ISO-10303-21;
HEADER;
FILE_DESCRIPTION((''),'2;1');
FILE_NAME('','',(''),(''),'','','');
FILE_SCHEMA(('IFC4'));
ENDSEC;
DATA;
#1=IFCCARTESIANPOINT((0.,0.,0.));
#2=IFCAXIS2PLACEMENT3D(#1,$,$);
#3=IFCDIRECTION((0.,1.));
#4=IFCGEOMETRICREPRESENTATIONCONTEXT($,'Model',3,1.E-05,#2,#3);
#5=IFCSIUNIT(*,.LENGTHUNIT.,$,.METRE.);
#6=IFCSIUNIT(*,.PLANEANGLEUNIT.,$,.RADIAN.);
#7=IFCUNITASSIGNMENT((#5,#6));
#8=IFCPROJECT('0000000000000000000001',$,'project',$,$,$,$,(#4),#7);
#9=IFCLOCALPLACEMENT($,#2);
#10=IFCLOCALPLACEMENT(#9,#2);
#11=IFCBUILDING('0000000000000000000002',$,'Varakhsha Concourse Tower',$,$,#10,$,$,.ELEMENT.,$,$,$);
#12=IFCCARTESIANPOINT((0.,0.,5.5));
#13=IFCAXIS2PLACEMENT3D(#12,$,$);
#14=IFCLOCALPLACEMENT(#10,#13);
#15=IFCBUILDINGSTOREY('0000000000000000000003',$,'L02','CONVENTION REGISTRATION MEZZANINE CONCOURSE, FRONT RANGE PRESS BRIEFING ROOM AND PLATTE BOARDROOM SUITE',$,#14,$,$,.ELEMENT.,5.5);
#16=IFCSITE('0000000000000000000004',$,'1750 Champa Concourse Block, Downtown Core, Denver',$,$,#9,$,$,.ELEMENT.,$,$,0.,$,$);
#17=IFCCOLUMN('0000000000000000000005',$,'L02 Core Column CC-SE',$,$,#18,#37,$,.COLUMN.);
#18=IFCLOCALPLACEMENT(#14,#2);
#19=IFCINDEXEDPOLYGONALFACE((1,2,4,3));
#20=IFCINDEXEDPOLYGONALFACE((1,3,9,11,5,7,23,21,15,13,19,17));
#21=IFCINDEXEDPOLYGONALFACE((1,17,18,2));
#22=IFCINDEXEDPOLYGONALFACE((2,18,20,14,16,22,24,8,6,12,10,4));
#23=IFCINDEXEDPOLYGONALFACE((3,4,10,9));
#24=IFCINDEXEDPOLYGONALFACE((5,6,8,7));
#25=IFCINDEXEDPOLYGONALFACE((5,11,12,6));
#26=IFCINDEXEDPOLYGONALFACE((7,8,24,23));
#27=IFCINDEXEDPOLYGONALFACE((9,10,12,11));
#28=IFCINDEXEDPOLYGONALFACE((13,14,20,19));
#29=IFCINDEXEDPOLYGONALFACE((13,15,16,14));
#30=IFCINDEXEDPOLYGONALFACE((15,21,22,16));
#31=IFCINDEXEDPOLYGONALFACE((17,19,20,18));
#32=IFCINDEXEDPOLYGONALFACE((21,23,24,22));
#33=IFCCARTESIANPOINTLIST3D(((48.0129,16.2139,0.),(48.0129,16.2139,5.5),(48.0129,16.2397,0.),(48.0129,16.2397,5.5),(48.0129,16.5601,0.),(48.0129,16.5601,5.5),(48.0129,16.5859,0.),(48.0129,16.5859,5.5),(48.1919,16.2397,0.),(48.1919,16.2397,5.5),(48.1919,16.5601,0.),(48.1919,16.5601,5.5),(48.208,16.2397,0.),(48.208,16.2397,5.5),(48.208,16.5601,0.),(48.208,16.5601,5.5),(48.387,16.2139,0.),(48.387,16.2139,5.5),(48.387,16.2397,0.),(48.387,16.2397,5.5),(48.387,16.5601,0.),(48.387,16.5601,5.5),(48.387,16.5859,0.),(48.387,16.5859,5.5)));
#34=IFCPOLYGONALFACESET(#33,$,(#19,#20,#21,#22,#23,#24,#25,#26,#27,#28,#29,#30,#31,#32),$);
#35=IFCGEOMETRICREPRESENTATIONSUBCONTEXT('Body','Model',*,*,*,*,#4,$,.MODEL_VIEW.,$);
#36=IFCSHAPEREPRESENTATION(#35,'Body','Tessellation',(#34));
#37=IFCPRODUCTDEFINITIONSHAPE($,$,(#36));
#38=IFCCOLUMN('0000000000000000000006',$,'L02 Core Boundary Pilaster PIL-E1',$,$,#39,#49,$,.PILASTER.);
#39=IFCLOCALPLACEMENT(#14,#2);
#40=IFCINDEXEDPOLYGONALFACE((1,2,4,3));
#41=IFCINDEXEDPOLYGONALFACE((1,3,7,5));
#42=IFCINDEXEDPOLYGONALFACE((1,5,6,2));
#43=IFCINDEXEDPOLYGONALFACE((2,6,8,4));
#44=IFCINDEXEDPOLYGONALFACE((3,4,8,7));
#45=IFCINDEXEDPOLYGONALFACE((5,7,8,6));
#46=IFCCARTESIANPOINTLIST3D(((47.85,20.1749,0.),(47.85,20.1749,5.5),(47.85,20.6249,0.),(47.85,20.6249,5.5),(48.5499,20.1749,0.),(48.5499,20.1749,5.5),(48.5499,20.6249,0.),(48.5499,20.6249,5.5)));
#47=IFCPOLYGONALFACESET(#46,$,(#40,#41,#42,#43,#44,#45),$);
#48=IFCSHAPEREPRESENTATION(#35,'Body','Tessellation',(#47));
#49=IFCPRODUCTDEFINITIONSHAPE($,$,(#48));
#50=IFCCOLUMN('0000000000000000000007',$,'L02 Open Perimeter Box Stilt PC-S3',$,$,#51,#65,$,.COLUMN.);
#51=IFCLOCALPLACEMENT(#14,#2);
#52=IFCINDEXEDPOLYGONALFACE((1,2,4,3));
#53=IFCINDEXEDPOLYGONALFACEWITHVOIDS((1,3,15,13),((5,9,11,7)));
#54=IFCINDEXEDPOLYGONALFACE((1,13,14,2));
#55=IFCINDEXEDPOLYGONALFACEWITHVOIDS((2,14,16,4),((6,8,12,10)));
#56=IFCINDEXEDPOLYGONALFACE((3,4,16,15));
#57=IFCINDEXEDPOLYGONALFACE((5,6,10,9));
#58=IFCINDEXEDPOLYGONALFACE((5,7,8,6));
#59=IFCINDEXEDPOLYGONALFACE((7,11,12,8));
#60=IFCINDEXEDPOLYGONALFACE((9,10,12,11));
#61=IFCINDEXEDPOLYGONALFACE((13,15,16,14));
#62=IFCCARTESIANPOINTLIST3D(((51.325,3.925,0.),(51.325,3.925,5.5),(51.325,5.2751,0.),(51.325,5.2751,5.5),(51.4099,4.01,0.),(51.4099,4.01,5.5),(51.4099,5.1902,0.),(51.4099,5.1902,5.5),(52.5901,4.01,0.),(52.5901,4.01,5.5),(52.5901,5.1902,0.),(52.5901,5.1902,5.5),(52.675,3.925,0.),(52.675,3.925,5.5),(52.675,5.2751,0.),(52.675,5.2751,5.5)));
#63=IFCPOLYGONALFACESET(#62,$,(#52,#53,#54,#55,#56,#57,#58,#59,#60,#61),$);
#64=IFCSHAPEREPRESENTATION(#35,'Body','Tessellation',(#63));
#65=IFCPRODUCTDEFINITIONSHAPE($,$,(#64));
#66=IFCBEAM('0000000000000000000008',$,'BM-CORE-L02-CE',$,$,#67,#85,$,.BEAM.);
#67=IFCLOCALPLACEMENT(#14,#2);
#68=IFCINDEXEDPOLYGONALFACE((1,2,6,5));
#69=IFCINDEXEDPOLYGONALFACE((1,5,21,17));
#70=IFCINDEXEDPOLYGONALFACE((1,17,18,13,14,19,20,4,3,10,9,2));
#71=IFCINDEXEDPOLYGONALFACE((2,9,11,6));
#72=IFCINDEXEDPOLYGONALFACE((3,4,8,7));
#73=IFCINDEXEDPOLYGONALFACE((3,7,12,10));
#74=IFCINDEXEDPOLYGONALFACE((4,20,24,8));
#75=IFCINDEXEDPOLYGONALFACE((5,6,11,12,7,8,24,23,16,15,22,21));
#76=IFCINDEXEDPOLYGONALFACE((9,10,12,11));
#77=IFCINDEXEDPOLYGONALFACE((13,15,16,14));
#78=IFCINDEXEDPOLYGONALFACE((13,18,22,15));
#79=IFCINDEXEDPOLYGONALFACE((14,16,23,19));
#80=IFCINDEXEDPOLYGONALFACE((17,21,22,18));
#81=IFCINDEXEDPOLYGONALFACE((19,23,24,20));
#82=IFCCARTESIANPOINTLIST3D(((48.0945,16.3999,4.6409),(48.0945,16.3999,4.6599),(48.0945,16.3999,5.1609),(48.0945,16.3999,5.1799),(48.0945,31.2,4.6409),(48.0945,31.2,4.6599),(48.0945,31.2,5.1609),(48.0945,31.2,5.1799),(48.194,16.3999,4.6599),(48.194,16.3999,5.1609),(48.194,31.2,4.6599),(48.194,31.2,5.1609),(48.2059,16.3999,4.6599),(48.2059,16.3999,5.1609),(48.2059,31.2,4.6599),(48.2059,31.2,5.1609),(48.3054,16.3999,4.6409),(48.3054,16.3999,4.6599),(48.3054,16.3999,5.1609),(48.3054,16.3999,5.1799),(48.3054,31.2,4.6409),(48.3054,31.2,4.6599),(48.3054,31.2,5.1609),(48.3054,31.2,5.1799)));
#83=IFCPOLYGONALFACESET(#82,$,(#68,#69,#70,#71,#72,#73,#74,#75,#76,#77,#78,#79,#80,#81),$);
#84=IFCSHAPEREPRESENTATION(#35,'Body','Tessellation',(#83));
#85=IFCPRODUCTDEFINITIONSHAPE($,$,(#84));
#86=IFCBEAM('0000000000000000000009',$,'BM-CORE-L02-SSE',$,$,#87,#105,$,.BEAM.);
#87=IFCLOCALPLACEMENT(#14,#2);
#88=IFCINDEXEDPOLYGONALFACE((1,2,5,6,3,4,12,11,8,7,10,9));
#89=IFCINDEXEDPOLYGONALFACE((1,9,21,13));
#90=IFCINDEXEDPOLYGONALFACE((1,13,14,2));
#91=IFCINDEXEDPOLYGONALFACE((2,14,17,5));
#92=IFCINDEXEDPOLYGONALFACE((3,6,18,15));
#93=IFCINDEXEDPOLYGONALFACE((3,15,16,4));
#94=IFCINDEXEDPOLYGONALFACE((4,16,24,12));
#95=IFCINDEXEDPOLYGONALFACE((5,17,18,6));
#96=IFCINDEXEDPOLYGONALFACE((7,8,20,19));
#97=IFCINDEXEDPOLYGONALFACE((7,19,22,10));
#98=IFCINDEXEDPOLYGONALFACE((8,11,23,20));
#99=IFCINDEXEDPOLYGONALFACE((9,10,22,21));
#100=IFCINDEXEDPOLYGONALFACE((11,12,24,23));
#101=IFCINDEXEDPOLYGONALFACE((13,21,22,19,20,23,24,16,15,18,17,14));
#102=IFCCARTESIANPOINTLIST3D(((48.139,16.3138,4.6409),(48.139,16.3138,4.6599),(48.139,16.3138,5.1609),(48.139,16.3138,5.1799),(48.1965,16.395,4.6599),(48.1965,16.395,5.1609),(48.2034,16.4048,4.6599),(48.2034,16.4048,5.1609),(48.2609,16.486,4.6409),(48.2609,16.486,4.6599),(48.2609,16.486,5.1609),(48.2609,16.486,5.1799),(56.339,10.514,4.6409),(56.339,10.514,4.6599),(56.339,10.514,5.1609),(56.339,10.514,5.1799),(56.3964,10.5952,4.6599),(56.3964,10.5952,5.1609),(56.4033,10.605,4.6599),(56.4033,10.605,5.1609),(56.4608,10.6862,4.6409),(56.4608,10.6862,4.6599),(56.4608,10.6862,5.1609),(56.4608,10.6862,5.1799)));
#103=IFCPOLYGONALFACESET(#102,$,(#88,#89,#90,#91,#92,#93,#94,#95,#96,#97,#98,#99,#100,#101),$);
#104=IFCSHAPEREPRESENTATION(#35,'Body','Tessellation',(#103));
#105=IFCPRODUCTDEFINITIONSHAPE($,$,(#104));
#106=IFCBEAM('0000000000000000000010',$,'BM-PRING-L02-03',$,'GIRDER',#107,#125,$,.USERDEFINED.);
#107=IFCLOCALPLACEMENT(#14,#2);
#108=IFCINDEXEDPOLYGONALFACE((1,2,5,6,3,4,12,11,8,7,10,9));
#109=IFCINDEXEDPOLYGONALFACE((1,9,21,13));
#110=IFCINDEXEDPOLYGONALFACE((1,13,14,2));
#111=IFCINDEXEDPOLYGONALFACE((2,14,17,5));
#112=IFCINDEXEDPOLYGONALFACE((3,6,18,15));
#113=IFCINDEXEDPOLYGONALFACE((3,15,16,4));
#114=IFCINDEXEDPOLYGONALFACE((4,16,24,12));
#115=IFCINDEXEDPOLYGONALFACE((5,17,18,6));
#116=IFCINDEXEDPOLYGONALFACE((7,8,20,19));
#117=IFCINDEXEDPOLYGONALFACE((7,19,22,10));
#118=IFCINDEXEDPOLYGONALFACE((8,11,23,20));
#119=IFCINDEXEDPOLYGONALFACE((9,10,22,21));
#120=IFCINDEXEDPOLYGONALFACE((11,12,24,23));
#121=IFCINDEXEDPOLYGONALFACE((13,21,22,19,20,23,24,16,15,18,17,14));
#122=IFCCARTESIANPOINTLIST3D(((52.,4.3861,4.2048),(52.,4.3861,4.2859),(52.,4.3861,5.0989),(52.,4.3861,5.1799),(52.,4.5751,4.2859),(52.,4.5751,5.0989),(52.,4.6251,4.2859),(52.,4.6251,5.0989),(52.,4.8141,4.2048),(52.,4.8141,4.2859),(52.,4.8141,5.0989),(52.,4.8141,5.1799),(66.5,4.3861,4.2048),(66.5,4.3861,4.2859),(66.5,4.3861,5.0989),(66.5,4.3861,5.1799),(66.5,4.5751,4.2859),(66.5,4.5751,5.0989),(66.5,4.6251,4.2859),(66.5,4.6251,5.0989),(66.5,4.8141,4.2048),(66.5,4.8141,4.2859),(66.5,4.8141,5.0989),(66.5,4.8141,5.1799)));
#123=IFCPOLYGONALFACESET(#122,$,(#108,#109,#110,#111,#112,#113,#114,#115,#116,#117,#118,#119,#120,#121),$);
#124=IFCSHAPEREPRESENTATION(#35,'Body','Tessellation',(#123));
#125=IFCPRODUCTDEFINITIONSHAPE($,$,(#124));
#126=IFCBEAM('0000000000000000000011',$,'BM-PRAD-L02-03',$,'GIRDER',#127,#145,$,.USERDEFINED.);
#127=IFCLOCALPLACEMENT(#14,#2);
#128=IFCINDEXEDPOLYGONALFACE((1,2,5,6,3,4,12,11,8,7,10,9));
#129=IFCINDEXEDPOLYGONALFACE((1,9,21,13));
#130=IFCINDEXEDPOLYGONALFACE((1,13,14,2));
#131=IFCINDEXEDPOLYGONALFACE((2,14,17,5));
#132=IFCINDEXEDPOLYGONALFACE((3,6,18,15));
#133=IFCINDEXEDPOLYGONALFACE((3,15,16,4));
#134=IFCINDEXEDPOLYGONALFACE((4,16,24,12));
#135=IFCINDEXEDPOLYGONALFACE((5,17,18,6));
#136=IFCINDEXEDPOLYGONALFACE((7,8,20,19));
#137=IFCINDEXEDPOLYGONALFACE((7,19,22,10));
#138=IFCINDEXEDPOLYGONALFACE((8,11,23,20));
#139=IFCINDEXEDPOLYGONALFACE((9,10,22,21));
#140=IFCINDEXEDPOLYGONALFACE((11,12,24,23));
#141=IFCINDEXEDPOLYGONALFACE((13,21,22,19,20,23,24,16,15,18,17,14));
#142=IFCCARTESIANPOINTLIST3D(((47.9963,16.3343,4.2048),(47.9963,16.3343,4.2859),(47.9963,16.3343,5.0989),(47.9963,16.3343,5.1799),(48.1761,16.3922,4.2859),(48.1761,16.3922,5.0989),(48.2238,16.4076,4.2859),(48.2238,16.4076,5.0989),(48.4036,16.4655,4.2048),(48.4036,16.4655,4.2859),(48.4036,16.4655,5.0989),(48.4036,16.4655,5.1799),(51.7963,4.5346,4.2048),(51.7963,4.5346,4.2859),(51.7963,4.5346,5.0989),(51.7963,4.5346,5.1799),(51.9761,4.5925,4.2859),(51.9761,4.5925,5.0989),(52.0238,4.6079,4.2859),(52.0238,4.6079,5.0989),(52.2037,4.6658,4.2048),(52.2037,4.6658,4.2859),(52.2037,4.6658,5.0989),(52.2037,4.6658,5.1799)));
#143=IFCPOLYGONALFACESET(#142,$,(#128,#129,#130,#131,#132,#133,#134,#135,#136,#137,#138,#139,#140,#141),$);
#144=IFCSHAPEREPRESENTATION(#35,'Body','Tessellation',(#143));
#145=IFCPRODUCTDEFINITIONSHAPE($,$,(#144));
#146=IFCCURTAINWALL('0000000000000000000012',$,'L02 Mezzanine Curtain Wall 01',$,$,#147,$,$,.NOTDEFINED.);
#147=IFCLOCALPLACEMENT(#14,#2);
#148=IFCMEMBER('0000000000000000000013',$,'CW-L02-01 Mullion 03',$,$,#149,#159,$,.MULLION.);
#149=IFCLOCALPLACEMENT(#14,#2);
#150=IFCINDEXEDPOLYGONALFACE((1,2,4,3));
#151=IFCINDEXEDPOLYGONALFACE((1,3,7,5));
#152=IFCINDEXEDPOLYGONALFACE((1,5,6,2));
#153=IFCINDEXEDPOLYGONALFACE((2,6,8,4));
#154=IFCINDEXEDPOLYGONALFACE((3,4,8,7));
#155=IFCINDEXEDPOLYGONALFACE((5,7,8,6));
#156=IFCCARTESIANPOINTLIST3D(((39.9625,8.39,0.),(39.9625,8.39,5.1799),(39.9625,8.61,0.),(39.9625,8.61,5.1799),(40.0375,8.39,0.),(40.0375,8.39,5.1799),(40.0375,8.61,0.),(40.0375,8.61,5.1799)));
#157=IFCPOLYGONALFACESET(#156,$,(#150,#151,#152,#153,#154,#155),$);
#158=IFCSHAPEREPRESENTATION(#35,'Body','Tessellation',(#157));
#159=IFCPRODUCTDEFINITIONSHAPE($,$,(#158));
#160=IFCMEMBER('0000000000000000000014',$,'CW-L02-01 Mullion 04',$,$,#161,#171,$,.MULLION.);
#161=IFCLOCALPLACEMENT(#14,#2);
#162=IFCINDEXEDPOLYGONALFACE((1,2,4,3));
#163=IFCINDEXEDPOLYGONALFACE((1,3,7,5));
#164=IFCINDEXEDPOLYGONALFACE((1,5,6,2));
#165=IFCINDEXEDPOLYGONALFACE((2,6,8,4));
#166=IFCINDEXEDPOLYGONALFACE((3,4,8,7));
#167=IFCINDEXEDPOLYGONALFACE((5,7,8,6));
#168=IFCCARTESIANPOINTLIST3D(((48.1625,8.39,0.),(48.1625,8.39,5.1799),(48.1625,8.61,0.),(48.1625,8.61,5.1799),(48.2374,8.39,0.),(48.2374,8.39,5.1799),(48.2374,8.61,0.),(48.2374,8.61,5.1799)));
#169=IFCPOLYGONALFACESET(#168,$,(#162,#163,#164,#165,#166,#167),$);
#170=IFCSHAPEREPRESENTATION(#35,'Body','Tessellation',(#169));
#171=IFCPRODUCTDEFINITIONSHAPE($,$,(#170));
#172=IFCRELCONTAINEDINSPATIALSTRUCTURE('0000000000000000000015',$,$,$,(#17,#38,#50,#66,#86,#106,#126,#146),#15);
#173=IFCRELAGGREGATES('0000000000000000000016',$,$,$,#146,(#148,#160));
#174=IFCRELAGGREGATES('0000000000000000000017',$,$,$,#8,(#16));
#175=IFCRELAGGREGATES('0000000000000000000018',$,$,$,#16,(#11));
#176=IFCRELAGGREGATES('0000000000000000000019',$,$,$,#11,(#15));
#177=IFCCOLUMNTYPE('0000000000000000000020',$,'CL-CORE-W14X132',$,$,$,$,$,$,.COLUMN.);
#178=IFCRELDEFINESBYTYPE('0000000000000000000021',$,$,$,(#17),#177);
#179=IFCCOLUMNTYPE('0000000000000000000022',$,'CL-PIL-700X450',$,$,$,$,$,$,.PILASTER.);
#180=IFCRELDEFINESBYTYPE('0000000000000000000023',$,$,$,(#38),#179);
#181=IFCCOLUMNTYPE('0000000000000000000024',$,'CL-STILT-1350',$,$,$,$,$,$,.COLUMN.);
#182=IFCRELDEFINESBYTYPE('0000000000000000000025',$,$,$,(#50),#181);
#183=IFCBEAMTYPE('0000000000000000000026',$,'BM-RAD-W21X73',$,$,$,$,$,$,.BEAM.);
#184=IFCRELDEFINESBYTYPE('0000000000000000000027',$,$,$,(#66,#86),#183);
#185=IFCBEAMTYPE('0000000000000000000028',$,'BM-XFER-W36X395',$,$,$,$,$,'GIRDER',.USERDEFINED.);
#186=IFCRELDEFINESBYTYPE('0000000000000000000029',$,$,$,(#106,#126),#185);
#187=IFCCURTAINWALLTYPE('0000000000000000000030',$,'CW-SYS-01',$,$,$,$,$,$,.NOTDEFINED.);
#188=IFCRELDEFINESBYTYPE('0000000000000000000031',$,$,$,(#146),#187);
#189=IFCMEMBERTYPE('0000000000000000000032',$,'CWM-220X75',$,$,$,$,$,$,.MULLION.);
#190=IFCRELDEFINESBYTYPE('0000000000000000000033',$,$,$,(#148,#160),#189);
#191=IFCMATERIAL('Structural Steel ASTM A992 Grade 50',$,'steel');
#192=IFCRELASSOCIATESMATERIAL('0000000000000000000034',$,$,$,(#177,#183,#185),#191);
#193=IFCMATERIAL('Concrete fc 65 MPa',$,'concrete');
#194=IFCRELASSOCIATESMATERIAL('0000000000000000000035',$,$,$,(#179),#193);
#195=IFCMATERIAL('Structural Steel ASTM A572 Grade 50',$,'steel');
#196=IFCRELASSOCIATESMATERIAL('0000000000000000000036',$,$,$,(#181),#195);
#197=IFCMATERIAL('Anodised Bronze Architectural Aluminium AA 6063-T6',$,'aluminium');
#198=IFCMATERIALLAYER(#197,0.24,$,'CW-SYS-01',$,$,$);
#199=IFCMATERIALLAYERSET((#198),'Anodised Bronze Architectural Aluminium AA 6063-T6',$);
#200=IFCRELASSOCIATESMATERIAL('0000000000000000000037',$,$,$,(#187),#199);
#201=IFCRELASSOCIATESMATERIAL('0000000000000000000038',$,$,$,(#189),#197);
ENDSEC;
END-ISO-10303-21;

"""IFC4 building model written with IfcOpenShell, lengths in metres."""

from ifc_helpers import new_model, si_unit, direction, frame, origin, origin_2d, place, context, subcontext, project, spatial, rectangle, hollow_rectangle, i_section, extrude, source, transform, mapped, material, layer, layer_set, material_profile, profile_set, type_object, type_shapes, element, aggregate, save


model = new_model("IFC4")

# Units and contexts
model_context = context("Model", 3, precision=1e-05, world=origin(), true_north=direction((0.0, 1.0)))
body_context = subcontext(model_context, "Body", "Model", "MODEL_VIEW")
ifc_project = project(units=[si_unit("LENGTHUNIT", "METRE"), si_unit("PLANEANGLEUNIT", "RADIAN")], contexts=[model_context])

# Site, building, storey
site_placement = place(None, origin())
site = spatial("IfcSite", under=ifc_project, at=site_placement, Name="1750 Champa Concourse Block, Downtown Core, Denver", CompositionType="ELEMENT", RefElevation=0.0)
building_placement = place(site_placement, origin())
building = spatial("IfcBuilding", under=site, at=building_placement, Name="Varakhsha Concourse Tower", CompositionType="ELEMENT")
storey_placement = place(building_placement, frame((0.0, 0.0, 5.5)))
storey = spatial("IfcBuildingStorey", under=building, at=storey_placement, Name="L02", Description="CONVENTION REGISTRATION MEZZANINE CONCOURSE, FRONT RANGE PRESS BRIEFING ROOM AND PLATTE BOARDROOM SUITE", CompositionType="ELEMENT", Elevation=5.5)

# Columns
ifc_material_1 = material(Name="Structural Steel ASTM A992 Grade 50", Category="steel")
ifc_material_profile_1 = material_profile(ifc_material_1, i_section(OverallWidth=0.374, OverallDepth=0.3721, WebThickness=0.0161, FlangeThickness=0.0259, at=origin_2d()), Name="W14X132")
ifc_profile_set_1 = profile_set([ifc_material_profile_1], Name="Structural Steel ASTM A992 Grade 50")
column_type_1 = type_object("IfcColumnType", Name="CL-CORE-W14X132", PredefinedType="COLUMN", material=ifc_profile_set_1)
column_1_placement = place(storey_placement, frame((48.2, 16.3999, 0.0), z_axis=(0.0, 0.0, 1.0), x_axis=(1.0, 0.0, 0.0)))
element("IfcColumn", 1, at=column_1_placement, inside=storey, type_object=column_type_1, Name="L02 Core Column CC-SE", PredefinedType="COLUMN", context=body_context, shape_type="SweptSolid", body=[
    extrude(i_section(OverallWidth=0.374, OverallDepth=0.3721, WebThickness=0.0161, FlangeThickness=0.0259, at=origin_2d()), origin(), (0.0, 0.0, 1.0), 5.5),
])
ifc_material_2 = material(Name="Concrete fc 65 MPa", Category="concrete")
ifc_material_profile_2 = material_profile(ifc_material_2, rectangle(XDim=0.7, YDim=0.45, at=origin_2d()), Name="RC 700x450")
ifc_profile_set_2 = profile_set([ifc_material_profile_2], Name="Concrete fc 65 MPa")
column_type_2 = type_object("IfcColumnType", Name="CL-PIL-700X450", PredefinedType="PILASTER", material=ifc_profile_set_2)
column_2_placement = place(storey_placement, frame((48.2, 20.3999, 0.0), z_axis=(0.0, 0.0, 1.0), x_axis=(1.0, 0.0, 0.0)))
element("IfcColumn", 2, at=column_2_placement, inside=storey, type_object=column_type_2, Name="L02 Core Boundary Pilaster PIL-E1", PredefinedType="PILASTER", context=body_context, shape_type="SweptSolid", body=[
    extrude(rectangle(XDim=0.7, YDim=0.45, at=origin_2d()), origin(), (0.0, 0.0, 1.0), 5.5),
])
ifc_material_3 = material(Name="Structural Steel ASTM A572 Grade 50", Category="steel")
ifc_material_profile_3 = material_profile(ifc_material_3, hollow_rectangle(XDim=1.3501, YDim=1.3501, WallThickness=0.085, at=origin_2d()), Name="BOX 1350x1350x85")
ifc_profile_set_3 = profile_set([ifc_material_profile_3], Name="Structural Steel ASTM A572 Grade 50")
column_type_3 = type_object("IfcColumnType", Name="CL-STILT-1350", PredefinedType="COLUMN", material=ifc_profile_set_3)
column_3_placement = place(storey_placement, frame((52.0, 4.6001, 0.0), z_axis=(0.0, 0.0, 1.0), x_axis=(1.0, 0.0, 0.0)))
element("IfcColumn", 3, at=column_3_placement, inside=storey, type_object=column_type_3, Name="L02 Open Perimeter Box Stilt PC-S3", PredefinedType="COLUMN", context=body_context, shape_type="SweptSolid", body=[
    extrude(hollow_rectangle(XDim=1.3501, YDim=1.3501, WallThickness=0.085, at=origin_2d()), origin(), (0.0, 0.0, 1.0), 5.5),
])

# Beams
ifc_material_profile_4 = material_profile(ifc_material_1, i_section(OverallWidth=0.2109, OverallDepth=0.5391, WebThickness=0.012, FlangeThickness=0.019, at=origin_2d()), Name="W21X73")
ifc_profile_set_4 = profile_set([ifc_material_profile_4], Name="Structural Steel ASTM A992 Grade 50")
beam_type_1 = type_object("IfcBeamType", Name="BM-RAD-W21X73", PredefinedType="BEAM", material=ifc_profile_set_4)
beam_1_placement = place(storey_placement, frame((48.2, 16.3999, 4.9104), z_axis=(0.0, 1.0, 0.0), x_axis=(-1.0, 0.0, 0.0)))
element("IfcBeam", 4, at=beam_1_placement, inside=storey, type_object=beam_type_1, Name="BM-CORE-L02-CE", PredefinedType="BEAM", context=body_context, shape_type="SweptSolid", body=[
    extrude(i_section(OverallWidth=0.2109, OverallDepth=0.5391, WebThickness=0.012, FlangeThickness=0.019, at=origin_2d()), origin(), (0.0, 0.0, 1.0), 14.8),
])
beam_2_placement = place(storey_placement, frame((48.2, 16.3999, 4.9104), z_axis=(0.816423, -0.577454, 0.0), x_axis=(0.577454, 0.816423, 0.0)))
element("IfcBeam", 5, at=beam_2_placement, inside=storey, type_object=beam_type_1, Name="BM-CORE-L02-SSE", PredefinedType="BEAM", context=body_context, shape_type="SweptSolid", body=[
    extrude(i_section(OverallWidth=0.2109, OverallDepth=0.5391, WebThickness=0.012, FlangeThickness=0.019, at=origin_2d()), origin(), (0.0, 0.0, 1.0), 10.0437),
])
ifc_material_profile_5 = material_profile(ifc_material_1, i_section(OverallWidth=0.428, OverallDepth=0.9751, WebThickness=0.05, FlangeThickness=0.0811, at=origin_2d()), Name="W36X395")
ifc_profile_set_5 = profile_set([ifc_material_profile_5], Name="Structural Steel ASTM A992 Grade 50")
beam_type_2 = type_object("IfcBeamType", Name="BM-XFER-W36X395", ElementType="GIRDER", PredefinedType="USERDEFINED", material=ifc_profile_set_5)
beam_3_placement = place(storey_placement, frame((52.0, 4.6001, 4.6924), z_axis=(1.0, 0.0, 0.0), x_axis=(0.0, 1.0, 0.0)))
element("IfcBeam", 6, at=beam_3_placement, inside=storey, type_object=beam_type_2, Name="BM-PRING-L02-03", ObjectType="GIRDER", PredefinedType="USERDEFINED", context=body_context, shape_type="SweptSolid", body=[
    extrude(i_section(OverallWidth=0.428, OverallDepth=0.9751, WebThickness=0.05, FlangeThickness=0.0811, at=origin_2d()), origin(), (0.0, 0.0, 1.0), 14.5),
])
beam_4_placement = place(storey_placement, frame((48.2, 16.3999, 4.6924), z_axis=(0.30654, -0.951858, 0.0), x_axis=(0.951858, 0.30654, 0.0)))
element("IfcBeam", 7, at=beam_4_placement, inside=storey, type_object=beam_type_2, Name="BM-PRAD-L02-03", ObjectType="GIRDER", PredefinedType="USERDEFINED", context=body_context, shape_type="SweptSolid", body=[
    extrude(i_section(OverallWidth=0.428, OverallDepth=0.9751, WebThickness=0.05, FlangeThickness=0.0811, at=origin_2d()), origin(), (0.0, 0.0, 1.0), 12.3965),
])

# Curtain wall, members
ifc_material_4 = material(Name="Anodised Bronze Architectural Aluminium AA 6063-T6", Category="aluminium")
ifc_layer_1 = layer(ifc_material_4, 0.24, Name="CW-SYS-01")
ifc_layer_set_1 = layer_set([ifc_layer_1], Name="Anodised Bronze Architectural Aluminium AA 6063-T6")
curtain_wall_type = type_object("IfcCurtainWallType", Name="CW-SYS-01", PredefinedType="NOTDEFINED", material=ifc_layer_set_1)
curtain_wall_placement = place(storey_placement, origin())
curtain_wall = element("IfcCurtainWall", 8, at=curtain_wall_placement, inside=storey, type_object=curtain_wall_type, Name="L02 Mezzanine Curtain Wall 01", PredefinedType="NOTDEFINED")
ifc_material_profile_6 = material_profile(ifc_material_4, rectangle(XDim=0.075, YDim=0.22, at=origin_2d()), Name="CWM-220X75")
ifc_profile_set_6 = profile_set([ifc_material_profile_6], Name="Anodised Bronze Architectural Aluminium AA 6063-T6")
member_type = type_object("IfcMemberType", Name="CWM-220X75", PredefinedType="MULLION", material=ifc_profile_set_6)
shared_shape_1 = source(origin(), body_context, "Body", "SweptSolid", [
    extrude(rectangle(XDim=0.075, YDim=0.22, at=origin_2d()), origin(), (0.0, 0.0, 1.0), 5.1799),
])
type_shapes(member_type, [shared_shape_1])
member_1_placement = place(storey_placement, frame((40.0, 8.5, 0.0), z_axis=(0.0, 0.0, 1.0), x_axis=(1.0, 0.0, 0.0)))
member_1 = element("IfcMember", 9, at=member_1_placement, type_object=member_type, Name="CW-L02-01 Mullion 03", PredefinedType="MULLION", context=body_context, shape_type="MappedRepresentation", body=[
    mapped(shared_shape_1, transform((0.0, 0.0, 0.0), scale=1.0)),
])
member_2_placement = place(storey_placement, frame((48.2, 8.5, 0.0), z_axis=(0.0, 0.0, 1.0), x_axis=(1.0, 0.0, 0.0)))
member_2 = element("IfcMember", 10, at=member_2_placement, type_object=member_type, Name="CW-L02-01 Mullion 04", PredefinedType="MULLION", context=body_context, shape_type="MappedRepresentation", body=[
    mapped(shared_shape_1, transform((0.0, 0.0, 0.0), scale=1.0)),
])
aggregate(curtain_wall, [member_1, member_2])

save(model, "model.ifc")
